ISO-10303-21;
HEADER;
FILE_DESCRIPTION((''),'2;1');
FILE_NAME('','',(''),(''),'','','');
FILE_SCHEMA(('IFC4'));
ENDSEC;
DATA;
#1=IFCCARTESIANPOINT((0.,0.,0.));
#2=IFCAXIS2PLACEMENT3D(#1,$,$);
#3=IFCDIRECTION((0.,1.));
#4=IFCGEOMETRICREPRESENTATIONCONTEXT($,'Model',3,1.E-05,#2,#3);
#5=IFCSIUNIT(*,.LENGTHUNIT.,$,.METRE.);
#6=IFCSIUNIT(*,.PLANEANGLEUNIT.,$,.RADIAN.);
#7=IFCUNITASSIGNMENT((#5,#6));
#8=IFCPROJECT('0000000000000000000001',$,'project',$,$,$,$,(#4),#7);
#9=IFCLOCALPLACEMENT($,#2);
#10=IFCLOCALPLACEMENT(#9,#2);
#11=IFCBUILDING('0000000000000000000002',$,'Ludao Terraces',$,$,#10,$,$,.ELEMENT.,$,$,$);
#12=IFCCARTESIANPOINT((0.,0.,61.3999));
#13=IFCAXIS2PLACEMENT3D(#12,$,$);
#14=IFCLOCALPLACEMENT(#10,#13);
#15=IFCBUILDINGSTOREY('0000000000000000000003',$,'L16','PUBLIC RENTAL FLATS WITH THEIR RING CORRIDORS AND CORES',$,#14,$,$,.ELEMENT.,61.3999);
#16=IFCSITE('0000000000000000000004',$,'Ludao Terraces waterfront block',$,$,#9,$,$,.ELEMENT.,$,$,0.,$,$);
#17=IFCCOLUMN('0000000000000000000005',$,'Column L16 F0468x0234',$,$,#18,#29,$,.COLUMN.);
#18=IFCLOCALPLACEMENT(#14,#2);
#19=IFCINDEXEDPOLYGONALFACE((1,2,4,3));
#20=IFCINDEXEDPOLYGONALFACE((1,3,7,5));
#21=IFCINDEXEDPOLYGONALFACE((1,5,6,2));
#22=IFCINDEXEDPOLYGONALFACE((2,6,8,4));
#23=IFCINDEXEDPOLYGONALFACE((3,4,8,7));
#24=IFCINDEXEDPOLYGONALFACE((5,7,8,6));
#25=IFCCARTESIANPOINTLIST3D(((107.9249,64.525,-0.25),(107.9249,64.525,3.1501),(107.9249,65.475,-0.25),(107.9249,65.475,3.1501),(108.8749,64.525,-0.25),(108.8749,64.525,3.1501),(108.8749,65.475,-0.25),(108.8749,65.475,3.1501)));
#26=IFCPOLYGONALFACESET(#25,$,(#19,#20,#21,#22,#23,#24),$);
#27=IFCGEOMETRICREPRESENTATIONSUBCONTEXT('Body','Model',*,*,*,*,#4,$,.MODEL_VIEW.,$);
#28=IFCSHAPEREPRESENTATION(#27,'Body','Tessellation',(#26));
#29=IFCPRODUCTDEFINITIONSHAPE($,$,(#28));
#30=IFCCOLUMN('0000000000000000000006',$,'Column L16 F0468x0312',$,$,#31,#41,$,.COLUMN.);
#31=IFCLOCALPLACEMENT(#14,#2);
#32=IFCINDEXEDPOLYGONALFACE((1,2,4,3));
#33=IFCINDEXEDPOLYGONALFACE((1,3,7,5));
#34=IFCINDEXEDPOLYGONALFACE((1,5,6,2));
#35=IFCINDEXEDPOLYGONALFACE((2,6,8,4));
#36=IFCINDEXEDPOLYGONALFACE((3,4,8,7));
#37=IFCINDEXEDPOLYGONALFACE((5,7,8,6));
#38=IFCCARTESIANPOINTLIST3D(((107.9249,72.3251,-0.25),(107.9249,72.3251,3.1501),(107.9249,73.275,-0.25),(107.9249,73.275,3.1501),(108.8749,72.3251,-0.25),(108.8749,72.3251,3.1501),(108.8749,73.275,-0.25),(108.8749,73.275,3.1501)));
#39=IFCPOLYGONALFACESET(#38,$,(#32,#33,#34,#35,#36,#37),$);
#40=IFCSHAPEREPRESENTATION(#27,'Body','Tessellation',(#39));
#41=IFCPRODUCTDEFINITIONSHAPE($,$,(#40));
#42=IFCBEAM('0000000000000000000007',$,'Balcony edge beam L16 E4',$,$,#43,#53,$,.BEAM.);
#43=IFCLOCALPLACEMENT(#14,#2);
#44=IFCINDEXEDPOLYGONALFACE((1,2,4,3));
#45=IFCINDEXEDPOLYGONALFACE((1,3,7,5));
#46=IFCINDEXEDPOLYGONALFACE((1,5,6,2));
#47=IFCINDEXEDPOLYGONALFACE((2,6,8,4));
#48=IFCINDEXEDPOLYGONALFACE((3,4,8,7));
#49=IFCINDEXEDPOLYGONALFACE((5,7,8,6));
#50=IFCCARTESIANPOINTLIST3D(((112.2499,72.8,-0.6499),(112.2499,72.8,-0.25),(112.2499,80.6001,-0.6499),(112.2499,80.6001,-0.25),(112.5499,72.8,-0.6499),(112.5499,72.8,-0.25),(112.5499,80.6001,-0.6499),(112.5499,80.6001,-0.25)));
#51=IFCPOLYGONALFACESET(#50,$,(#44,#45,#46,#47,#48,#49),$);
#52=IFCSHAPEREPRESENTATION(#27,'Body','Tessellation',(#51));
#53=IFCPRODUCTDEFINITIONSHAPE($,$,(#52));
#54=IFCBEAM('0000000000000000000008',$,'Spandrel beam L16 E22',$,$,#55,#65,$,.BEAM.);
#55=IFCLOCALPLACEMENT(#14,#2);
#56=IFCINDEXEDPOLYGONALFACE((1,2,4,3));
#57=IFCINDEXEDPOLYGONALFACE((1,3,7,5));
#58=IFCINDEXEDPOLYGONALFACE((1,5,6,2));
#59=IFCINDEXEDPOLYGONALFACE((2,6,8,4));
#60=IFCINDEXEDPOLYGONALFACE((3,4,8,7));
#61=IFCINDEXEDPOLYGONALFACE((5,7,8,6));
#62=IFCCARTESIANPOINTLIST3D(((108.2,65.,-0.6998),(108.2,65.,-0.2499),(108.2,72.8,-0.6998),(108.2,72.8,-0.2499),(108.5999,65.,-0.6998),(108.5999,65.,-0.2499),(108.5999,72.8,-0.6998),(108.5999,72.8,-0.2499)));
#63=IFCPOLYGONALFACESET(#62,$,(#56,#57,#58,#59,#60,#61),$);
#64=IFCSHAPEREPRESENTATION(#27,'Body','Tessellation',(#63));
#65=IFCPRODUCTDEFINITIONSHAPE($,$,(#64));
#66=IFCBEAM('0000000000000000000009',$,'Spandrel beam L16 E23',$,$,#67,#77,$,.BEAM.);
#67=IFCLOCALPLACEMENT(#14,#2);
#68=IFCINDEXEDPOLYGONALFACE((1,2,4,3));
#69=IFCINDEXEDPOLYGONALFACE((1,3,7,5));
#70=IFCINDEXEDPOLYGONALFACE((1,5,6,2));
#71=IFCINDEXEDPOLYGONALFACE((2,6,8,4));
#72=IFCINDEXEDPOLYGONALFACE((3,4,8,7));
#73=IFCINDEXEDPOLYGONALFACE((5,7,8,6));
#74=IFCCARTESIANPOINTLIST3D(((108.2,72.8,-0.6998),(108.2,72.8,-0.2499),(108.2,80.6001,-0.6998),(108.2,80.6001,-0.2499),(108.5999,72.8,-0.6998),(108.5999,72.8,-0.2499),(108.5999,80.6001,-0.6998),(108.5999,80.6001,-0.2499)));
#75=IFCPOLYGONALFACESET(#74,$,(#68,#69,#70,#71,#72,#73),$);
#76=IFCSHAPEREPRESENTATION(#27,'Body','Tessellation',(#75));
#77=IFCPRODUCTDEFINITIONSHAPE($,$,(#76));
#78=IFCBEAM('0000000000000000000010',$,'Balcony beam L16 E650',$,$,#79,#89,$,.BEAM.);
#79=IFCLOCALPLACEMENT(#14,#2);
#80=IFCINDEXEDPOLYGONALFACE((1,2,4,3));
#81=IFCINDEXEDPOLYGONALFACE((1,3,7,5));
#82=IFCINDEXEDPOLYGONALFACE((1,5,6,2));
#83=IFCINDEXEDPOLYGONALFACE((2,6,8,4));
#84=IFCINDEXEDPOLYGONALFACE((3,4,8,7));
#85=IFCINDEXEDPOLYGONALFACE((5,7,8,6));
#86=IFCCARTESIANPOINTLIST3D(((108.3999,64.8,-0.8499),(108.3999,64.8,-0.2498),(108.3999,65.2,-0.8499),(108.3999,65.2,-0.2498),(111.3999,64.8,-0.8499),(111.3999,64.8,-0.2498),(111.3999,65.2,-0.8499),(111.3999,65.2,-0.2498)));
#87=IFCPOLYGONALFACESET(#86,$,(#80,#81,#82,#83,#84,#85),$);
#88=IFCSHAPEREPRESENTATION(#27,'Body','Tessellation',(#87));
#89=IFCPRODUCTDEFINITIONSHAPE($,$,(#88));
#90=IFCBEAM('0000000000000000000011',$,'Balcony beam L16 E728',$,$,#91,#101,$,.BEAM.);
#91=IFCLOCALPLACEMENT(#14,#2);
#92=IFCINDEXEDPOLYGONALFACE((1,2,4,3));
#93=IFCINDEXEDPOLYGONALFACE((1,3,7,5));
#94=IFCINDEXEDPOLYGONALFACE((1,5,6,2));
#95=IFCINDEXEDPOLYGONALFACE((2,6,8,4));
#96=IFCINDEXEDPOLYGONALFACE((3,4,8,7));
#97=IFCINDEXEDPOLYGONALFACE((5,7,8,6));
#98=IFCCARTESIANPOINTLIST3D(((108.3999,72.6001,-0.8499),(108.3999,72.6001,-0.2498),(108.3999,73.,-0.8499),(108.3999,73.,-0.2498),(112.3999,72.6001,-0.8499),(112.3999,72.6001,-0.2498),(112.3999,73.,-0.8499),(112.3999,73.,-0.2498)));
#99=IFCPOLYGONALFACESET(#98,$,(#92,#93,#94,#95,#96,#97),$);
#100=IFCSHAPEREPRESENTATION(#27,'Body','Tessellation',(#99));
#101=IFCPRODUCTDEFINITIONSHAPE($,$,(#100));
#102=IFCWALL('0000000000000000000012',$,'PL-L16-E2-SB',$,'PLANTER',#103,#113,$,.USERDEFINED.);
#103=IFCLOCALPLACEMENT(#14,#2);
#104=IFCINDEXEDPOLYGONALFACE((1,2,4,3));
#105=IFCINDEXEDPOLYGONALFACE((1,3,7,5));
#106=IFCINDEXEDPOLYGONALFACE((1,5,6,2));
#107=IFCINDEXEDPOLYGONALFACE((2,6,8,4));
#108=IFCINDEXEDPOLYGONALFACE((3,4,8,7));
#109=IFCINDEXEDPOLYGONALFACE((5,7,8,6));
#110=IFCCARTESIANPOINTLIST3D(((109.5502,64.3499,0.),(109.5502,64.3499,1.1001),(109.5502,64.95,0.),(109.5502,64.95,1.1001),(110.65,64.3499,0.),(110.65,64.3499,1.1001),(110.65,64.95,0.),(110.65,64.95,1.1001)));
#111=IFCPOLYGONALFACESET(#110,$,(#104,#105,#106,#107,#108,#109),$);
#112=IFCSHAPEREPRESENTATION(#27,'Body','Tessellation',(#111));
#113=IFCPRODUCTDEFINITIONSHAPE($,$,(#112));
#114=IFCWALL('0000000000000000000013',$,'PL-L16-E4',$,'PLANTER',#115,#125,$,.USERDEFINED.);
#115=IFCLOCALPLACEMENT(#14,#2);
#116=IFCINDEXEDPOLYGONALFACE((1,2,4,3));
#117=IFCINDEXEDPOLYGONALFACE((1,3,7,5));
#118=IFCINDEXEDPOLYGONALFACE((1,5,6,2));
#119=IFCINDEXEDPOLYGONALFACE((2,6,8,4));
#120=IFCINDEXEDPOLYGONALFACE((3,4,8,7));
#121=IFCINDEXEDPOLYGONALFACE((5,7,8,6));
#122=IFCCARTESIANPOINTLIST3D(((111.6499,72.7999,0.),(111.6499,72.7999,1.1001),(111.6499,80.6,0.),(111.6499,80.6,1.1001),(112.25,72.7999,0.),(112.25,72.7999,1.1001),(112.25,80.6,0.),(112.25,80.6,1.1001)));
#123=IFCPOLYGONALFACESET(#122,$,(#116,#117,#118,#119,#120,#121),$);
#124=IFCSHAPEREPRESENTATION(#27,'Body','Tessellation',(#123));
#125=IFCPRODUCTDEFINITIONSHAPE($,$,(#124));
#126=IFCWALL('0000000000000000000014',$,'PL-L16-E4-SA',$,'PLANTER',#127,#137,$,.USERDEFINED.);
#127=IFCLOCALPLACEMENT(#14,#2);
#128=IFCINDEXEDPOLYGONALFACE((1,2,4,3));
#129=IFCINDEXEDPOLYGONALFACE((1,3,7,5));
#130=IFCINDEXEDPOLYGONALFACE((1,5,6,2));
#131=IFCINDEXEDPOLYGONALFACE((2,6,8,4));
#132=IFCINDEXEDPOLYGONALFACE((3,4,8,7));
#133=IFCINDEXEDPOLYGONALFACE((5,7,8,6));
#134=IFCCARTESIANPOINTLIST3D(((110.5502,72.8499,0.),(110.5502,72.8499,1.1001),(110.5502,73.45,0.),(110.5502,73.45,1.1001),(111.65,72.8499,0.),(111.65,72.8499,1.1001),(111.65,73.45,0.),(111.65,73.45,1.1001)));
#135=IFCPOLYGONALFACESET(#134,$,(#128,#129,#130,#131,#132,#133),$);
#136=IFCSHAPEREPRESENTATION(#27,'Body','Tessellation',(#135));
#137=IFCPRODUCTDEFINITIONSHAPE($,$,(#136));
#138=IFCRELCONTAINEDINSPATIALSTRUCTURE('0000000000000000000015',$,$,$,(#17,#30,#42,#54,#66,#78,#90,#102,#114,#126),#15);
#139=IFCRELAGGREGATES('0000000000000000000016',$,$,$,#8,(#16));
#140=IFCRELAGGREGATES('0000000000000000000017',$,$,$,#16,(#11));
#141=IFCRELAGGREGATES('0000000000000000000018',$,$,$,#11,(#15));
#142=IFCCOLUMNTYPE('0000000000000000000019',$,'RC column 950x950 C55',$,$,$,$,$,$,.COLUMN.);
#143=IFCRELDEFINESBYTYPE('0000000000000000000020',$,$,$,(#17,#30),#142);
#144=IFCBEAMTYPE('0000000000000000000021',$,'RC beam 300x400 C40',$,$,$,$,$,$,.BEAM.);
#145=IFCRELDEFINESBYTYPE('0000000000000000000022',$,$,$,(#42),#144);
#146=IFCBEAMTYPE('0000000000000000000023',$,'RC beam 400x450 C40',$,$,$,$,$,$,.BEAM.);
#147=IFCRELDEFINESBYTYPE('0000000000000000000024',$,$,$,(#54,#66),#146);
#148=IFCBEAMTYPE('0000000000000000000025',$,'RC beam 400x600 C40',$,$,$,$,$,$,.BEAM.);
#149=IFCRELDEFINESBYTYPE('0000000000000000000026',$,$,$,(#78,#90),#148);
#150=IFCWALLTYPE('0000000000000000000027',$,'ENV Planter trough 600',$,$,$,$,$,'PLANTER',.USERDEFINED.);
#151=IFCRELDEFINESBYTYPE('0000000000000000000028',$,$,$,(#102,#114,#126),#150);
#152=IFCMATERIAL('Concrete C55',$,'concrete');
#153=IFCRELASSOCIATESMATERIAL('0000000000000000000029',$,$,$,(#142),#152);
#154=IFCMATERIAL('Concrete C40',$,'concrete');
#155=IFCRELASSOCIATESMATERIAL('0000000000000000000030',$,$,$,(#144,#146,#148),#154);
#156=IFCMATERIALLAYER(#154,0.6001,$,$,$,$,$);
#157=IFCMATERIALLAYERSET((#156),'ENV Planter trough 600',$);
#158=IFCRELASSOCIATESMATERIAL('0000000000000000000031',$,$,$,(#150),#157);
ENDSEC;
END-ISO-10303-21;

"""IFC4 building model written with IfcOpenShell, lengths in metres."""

from ifc_helpers import new_model, si_unit, direction, frame, frame_2d, origin, origin_2d, place, context, subcontext, project, spatial, rectangle, extrude, material, layer, layer_set, material_profile, profile_set, type_object, element, save


model = new_model("IFC4")

# Units and contexts
model_context = context("Model", 3, precision=1e-05, world=origin(), true_north=direction((0.0, 1.0)))
body_context = subcontext(model_context, "Body", "Model", "MODEL_VIEW")
ifc_project = project(units=[si_unit("LENGTHUNIT", "METRE"), si_unit("PLANEANGLEUNIT", "RADIAN")], contexts=[model_context])

# Site, building, storey
site_placement = place(None, origin())
site = spatial("IfcSite", under=ifc_project, at=site_placement, Name="Ludao Terraces waterfront block", CompositionType="ELEMENT", RefElevation=0.0)
building_placement = place(site_placement, origin())
building = spatial("IfcBuilding", under=site, at=building_placement, Name="Ludao Terraces", CompositionType="ELEMENT")
storey_placement = place(building_placement, frame((0.0, 0.0, 61.3999)))
storey = spatial("IfcBuildingStorey", under=building, at=storey_placement, Name="L16", Description="PUBLIC RENTAL FLATS WITH THEIR RING CORRIDORS AND CORES", CompositionType="ELEMENT", Elevation=61.3999)

# Columns
ifc_material_1 = material(Name="Concrete C55", Category="concrete")
ifc_material_profile_1 = material_profile(ifc_material_1, rectangle(XDim=0.95, YDim=0.95, at=origin_2d()), Name="950 X 950")
ifc_profile_set_1 = profile_set([ifc_material_profile_1], Name="Concrete C55")
column_type = type_object("IfcColumnType", Name="RC column 950x950 C55", PredefinedType="COLUMN", material=ifc_profile_set_1)
for number, where, z_axis, x_axis, name in (
    (1, (108.3999, 65.0, -0.25), (0.0, 0.0, 1.0), (1.0, 0.0, 0.0), "Column L16 F0468x0234"),
    (2, (108.3999, 72.8, -0.25), (0.0, 0.0, 1.0), (1.0, 0.0, 0.0), "Column L16 F0468x0312"),
):
    element("IfcColumn", number, at=place(storey_placement, frame(where, z_axis=z_axis, x_axis=x_axis)), inside=storey, type_object=column_type, Name=name, PredefinedType="COLUMN", context=body_context, shape_type="SweptSolid", body=[
        extrude(rectangle(XDim=0.95, YDim=0.95, at=origin_2d()), origin(), (0.0, 0.0, 1.0), 3.4001),
    ])

# Beams
ifc_material_2 = material(Name="Concrete C40", Category="concrete")
ifc_material_profile_2 = material_profile(ifc_material_2, rectangle(XDim=0.3, YDim=0.3999, at=origin_2d()), Name="300 X 400")
ifc_profile_set_2 = profile_set([ifc_material_profile_2], Name="Concrete C40")
beam_type_1 = type_object("IfcBeamType", Name="RC beam 300x400 C40", PredefinedType="BEAM", material=ifc_profile_set_2)
beam_1_placement = place(storey_placement, frame((112.3999, 72.8, -0.45), z_axis=(0.0, 1.0, 0.0), x_axis=(-1.0, 0.0, 0.0)))
element("IfcBeam", 3, at=beam_1_placement, inside=storey, type_object=beam_type_1, Name="Balcony edge beam L16 E4", PredefinedType="BEAM", context=body_context, shape_type="SweptSolid", body=[
    extrude(rectangle(XDim=0.3, YDim=0.3999, at=origin_2d()), origin(), (0.0, 0.0, 1.0), 7.8),
])
ifc_material_profile_3 = material_profile(ifc_material_2, rectangle(XDim=0.3999, YDim=0.45, at=origin_2d()), Name="400 X 450")
ifc_profile_set_3 = profile_set([ifc_material_profile_3], Name="Concrete C40")
beam_type_2 = type_object("IfcBeamType", Name="RC beam 400x450 C40", PredefinedType="BEAM", material=ifc_profile_set_3)
for number, where, z_axis, x_axis, name in (
    (4, (108.3999, 65.0, -0.4749), (0.0, 1.0, 0.0), (-1.0, 0.0, 0.0), "Spandrel beam L16 E22"),
    (5, (108.3999, 72.8, -0.4749), (0.0, 1.0, 0.0), (-1.0, 0.0, 0.0), "Spandrel beam L16 E23"),
):
    element("IfcBeam", number, at=place(storey_placement, frame(where, z_axis=z_axis, x_axis=x_axis)), inside=storey, type_object=beam_type_2, Name=name, PredefinedType="BEAM", context=body_context, shape_type="SweptSolid", body=[
        extrude(rectangle(XDim=0.3999, YDim=0.45, at=origin_2d()), origin(), (0.0, 0.0, 1.0), 7.8),
    ])
ifc_material_profile_4 = material_profile(ifc_material_2, rectangle(XDim=0.3999, YDim=0.6001, at=origin_2d()), Name="400 X 600")
ifc_profile_set_4 = profile_set([ifc_material_profile_4], Name="Concrete C40")
beam_type_3 = type_object("IfcBeamType", Name="RC beam 400x600 C40", PredefinedType="BEAM", material=ifc_profile_set_4)
beam_2_placement = place(storey_placement, frame((108.3999, 65.0, -0.5498), z_axis=(1.0, 0.0, 0.0), x_axis=(0.0, 1.0, 0.0)))
element("IfcBeam", 6, at=beam_2_placement, inside=storey, type_object=beam_type_3, Name="Balcony beam L16 E650", PredefinedType="BEAM", context=body_context, shape_type="SweptSolid", body=[
    extrude(rectangle(XDim=0.3999, YDim=0.6001, at=origin_2d()), origin(), (0.0, 0.0, 1.0), 3.0),
])
beam_3_placement = place(storey_placement, frame((108.3999, 72.8, -0.5498), z_axis=(1.0, 0.0, 0.0), x_axis=(0.0, 1.0, 0.0)))
element("IfcBeam", 7, at=beam_3_placement, inside=storey, type_object=beam_type_3, Name="Balcony beam L16 E728", PredefinedType="BEAM", context=body_context, shape_type="SweptSolid", body=[
    extrude(rectangle(XDim=0.3999, YDim=0.6001, at=origin_2d()), origin(), (0.0, 0.0, 1.0), 4.0),
])

# Walls
ifc_layer_1 = layer(ifc_material_2, 0.6001)
ifc_layer_set_1 = layer_set([ifc_layer_1], Name="ENV Planter trough 600")
wall_type_1 = type_object("IfcWallType", Name="ENV Planter trough 600", ElementType="PLANTER", PredefinedType="USERDEFINED", material=ifc_layer_set_1)
wall_1_placement = place(storey_placement, frame((110.6499, 64.6499, 0.0), z_axis=(0.0, 0.0, 1.0), x_axis=(-1.0, 0.0, 0.0)))
element("IfcWall", 8, at=wall_1_placement, inside=storey, type_object=wall_type_1, Name="PL-L16-E2-SB", ObjectType="PLANTER", PredefinedType="USERDEFINED", context=body_context, shape_type="SweptSolid", body=[
    extrude(rectangle(XDim=1.0999, YDim=0.6001, at=frame_2d((0.5498, 0.0))), origin(), (0.0, 0.0, 1.0), 1.1001),
])
wall_2_placement = place(storey_placement, frame((111.95, 72.8, 0.0), z_axis=(0.0, 0.0, 1.0), x_axis=(0.0, 1.0, 0.0)))
element("IfcWall", 9, at=wall_2_placement, inside=storey, type_object=wall_type_1, Name="PL-L16-E4", ObjectType="PLANTER", PredefinedType="USERDEFINED", context=body_context, shape_type="SweptSolid", body=[
    extrude(rectangle(XDim=7.8, YDim=0.6001, at=frame_2d((3.8999, 0.0))), origin(), (0.0, 0.0, 1.0), 1.1001),
])
wall_3_placement = place(storey_placement, frame((111.6499, 73.1499, 0.0), z_axis=(0.0, 0.0, 1.0), x_axis=(-1.0, 0.0, 0.0)))
element("IfcWall", 10, at=wall_3_placement, inside=storey, type_object=wall_type_1, Name="PL-L16-E4-SA", ObjectType="PLANTER", PredefinedType="USERDEFINED", context=body_context, shape_type="SweptSolid", body=[
    extrude(rectangle(XDim=1.0999, YDim=0.6001, at=frame_2d((0.5498, 0.0))), origin(), (0.0, 0.0, 1.0), 1.1001),
])

save(model, "model.ifc")
